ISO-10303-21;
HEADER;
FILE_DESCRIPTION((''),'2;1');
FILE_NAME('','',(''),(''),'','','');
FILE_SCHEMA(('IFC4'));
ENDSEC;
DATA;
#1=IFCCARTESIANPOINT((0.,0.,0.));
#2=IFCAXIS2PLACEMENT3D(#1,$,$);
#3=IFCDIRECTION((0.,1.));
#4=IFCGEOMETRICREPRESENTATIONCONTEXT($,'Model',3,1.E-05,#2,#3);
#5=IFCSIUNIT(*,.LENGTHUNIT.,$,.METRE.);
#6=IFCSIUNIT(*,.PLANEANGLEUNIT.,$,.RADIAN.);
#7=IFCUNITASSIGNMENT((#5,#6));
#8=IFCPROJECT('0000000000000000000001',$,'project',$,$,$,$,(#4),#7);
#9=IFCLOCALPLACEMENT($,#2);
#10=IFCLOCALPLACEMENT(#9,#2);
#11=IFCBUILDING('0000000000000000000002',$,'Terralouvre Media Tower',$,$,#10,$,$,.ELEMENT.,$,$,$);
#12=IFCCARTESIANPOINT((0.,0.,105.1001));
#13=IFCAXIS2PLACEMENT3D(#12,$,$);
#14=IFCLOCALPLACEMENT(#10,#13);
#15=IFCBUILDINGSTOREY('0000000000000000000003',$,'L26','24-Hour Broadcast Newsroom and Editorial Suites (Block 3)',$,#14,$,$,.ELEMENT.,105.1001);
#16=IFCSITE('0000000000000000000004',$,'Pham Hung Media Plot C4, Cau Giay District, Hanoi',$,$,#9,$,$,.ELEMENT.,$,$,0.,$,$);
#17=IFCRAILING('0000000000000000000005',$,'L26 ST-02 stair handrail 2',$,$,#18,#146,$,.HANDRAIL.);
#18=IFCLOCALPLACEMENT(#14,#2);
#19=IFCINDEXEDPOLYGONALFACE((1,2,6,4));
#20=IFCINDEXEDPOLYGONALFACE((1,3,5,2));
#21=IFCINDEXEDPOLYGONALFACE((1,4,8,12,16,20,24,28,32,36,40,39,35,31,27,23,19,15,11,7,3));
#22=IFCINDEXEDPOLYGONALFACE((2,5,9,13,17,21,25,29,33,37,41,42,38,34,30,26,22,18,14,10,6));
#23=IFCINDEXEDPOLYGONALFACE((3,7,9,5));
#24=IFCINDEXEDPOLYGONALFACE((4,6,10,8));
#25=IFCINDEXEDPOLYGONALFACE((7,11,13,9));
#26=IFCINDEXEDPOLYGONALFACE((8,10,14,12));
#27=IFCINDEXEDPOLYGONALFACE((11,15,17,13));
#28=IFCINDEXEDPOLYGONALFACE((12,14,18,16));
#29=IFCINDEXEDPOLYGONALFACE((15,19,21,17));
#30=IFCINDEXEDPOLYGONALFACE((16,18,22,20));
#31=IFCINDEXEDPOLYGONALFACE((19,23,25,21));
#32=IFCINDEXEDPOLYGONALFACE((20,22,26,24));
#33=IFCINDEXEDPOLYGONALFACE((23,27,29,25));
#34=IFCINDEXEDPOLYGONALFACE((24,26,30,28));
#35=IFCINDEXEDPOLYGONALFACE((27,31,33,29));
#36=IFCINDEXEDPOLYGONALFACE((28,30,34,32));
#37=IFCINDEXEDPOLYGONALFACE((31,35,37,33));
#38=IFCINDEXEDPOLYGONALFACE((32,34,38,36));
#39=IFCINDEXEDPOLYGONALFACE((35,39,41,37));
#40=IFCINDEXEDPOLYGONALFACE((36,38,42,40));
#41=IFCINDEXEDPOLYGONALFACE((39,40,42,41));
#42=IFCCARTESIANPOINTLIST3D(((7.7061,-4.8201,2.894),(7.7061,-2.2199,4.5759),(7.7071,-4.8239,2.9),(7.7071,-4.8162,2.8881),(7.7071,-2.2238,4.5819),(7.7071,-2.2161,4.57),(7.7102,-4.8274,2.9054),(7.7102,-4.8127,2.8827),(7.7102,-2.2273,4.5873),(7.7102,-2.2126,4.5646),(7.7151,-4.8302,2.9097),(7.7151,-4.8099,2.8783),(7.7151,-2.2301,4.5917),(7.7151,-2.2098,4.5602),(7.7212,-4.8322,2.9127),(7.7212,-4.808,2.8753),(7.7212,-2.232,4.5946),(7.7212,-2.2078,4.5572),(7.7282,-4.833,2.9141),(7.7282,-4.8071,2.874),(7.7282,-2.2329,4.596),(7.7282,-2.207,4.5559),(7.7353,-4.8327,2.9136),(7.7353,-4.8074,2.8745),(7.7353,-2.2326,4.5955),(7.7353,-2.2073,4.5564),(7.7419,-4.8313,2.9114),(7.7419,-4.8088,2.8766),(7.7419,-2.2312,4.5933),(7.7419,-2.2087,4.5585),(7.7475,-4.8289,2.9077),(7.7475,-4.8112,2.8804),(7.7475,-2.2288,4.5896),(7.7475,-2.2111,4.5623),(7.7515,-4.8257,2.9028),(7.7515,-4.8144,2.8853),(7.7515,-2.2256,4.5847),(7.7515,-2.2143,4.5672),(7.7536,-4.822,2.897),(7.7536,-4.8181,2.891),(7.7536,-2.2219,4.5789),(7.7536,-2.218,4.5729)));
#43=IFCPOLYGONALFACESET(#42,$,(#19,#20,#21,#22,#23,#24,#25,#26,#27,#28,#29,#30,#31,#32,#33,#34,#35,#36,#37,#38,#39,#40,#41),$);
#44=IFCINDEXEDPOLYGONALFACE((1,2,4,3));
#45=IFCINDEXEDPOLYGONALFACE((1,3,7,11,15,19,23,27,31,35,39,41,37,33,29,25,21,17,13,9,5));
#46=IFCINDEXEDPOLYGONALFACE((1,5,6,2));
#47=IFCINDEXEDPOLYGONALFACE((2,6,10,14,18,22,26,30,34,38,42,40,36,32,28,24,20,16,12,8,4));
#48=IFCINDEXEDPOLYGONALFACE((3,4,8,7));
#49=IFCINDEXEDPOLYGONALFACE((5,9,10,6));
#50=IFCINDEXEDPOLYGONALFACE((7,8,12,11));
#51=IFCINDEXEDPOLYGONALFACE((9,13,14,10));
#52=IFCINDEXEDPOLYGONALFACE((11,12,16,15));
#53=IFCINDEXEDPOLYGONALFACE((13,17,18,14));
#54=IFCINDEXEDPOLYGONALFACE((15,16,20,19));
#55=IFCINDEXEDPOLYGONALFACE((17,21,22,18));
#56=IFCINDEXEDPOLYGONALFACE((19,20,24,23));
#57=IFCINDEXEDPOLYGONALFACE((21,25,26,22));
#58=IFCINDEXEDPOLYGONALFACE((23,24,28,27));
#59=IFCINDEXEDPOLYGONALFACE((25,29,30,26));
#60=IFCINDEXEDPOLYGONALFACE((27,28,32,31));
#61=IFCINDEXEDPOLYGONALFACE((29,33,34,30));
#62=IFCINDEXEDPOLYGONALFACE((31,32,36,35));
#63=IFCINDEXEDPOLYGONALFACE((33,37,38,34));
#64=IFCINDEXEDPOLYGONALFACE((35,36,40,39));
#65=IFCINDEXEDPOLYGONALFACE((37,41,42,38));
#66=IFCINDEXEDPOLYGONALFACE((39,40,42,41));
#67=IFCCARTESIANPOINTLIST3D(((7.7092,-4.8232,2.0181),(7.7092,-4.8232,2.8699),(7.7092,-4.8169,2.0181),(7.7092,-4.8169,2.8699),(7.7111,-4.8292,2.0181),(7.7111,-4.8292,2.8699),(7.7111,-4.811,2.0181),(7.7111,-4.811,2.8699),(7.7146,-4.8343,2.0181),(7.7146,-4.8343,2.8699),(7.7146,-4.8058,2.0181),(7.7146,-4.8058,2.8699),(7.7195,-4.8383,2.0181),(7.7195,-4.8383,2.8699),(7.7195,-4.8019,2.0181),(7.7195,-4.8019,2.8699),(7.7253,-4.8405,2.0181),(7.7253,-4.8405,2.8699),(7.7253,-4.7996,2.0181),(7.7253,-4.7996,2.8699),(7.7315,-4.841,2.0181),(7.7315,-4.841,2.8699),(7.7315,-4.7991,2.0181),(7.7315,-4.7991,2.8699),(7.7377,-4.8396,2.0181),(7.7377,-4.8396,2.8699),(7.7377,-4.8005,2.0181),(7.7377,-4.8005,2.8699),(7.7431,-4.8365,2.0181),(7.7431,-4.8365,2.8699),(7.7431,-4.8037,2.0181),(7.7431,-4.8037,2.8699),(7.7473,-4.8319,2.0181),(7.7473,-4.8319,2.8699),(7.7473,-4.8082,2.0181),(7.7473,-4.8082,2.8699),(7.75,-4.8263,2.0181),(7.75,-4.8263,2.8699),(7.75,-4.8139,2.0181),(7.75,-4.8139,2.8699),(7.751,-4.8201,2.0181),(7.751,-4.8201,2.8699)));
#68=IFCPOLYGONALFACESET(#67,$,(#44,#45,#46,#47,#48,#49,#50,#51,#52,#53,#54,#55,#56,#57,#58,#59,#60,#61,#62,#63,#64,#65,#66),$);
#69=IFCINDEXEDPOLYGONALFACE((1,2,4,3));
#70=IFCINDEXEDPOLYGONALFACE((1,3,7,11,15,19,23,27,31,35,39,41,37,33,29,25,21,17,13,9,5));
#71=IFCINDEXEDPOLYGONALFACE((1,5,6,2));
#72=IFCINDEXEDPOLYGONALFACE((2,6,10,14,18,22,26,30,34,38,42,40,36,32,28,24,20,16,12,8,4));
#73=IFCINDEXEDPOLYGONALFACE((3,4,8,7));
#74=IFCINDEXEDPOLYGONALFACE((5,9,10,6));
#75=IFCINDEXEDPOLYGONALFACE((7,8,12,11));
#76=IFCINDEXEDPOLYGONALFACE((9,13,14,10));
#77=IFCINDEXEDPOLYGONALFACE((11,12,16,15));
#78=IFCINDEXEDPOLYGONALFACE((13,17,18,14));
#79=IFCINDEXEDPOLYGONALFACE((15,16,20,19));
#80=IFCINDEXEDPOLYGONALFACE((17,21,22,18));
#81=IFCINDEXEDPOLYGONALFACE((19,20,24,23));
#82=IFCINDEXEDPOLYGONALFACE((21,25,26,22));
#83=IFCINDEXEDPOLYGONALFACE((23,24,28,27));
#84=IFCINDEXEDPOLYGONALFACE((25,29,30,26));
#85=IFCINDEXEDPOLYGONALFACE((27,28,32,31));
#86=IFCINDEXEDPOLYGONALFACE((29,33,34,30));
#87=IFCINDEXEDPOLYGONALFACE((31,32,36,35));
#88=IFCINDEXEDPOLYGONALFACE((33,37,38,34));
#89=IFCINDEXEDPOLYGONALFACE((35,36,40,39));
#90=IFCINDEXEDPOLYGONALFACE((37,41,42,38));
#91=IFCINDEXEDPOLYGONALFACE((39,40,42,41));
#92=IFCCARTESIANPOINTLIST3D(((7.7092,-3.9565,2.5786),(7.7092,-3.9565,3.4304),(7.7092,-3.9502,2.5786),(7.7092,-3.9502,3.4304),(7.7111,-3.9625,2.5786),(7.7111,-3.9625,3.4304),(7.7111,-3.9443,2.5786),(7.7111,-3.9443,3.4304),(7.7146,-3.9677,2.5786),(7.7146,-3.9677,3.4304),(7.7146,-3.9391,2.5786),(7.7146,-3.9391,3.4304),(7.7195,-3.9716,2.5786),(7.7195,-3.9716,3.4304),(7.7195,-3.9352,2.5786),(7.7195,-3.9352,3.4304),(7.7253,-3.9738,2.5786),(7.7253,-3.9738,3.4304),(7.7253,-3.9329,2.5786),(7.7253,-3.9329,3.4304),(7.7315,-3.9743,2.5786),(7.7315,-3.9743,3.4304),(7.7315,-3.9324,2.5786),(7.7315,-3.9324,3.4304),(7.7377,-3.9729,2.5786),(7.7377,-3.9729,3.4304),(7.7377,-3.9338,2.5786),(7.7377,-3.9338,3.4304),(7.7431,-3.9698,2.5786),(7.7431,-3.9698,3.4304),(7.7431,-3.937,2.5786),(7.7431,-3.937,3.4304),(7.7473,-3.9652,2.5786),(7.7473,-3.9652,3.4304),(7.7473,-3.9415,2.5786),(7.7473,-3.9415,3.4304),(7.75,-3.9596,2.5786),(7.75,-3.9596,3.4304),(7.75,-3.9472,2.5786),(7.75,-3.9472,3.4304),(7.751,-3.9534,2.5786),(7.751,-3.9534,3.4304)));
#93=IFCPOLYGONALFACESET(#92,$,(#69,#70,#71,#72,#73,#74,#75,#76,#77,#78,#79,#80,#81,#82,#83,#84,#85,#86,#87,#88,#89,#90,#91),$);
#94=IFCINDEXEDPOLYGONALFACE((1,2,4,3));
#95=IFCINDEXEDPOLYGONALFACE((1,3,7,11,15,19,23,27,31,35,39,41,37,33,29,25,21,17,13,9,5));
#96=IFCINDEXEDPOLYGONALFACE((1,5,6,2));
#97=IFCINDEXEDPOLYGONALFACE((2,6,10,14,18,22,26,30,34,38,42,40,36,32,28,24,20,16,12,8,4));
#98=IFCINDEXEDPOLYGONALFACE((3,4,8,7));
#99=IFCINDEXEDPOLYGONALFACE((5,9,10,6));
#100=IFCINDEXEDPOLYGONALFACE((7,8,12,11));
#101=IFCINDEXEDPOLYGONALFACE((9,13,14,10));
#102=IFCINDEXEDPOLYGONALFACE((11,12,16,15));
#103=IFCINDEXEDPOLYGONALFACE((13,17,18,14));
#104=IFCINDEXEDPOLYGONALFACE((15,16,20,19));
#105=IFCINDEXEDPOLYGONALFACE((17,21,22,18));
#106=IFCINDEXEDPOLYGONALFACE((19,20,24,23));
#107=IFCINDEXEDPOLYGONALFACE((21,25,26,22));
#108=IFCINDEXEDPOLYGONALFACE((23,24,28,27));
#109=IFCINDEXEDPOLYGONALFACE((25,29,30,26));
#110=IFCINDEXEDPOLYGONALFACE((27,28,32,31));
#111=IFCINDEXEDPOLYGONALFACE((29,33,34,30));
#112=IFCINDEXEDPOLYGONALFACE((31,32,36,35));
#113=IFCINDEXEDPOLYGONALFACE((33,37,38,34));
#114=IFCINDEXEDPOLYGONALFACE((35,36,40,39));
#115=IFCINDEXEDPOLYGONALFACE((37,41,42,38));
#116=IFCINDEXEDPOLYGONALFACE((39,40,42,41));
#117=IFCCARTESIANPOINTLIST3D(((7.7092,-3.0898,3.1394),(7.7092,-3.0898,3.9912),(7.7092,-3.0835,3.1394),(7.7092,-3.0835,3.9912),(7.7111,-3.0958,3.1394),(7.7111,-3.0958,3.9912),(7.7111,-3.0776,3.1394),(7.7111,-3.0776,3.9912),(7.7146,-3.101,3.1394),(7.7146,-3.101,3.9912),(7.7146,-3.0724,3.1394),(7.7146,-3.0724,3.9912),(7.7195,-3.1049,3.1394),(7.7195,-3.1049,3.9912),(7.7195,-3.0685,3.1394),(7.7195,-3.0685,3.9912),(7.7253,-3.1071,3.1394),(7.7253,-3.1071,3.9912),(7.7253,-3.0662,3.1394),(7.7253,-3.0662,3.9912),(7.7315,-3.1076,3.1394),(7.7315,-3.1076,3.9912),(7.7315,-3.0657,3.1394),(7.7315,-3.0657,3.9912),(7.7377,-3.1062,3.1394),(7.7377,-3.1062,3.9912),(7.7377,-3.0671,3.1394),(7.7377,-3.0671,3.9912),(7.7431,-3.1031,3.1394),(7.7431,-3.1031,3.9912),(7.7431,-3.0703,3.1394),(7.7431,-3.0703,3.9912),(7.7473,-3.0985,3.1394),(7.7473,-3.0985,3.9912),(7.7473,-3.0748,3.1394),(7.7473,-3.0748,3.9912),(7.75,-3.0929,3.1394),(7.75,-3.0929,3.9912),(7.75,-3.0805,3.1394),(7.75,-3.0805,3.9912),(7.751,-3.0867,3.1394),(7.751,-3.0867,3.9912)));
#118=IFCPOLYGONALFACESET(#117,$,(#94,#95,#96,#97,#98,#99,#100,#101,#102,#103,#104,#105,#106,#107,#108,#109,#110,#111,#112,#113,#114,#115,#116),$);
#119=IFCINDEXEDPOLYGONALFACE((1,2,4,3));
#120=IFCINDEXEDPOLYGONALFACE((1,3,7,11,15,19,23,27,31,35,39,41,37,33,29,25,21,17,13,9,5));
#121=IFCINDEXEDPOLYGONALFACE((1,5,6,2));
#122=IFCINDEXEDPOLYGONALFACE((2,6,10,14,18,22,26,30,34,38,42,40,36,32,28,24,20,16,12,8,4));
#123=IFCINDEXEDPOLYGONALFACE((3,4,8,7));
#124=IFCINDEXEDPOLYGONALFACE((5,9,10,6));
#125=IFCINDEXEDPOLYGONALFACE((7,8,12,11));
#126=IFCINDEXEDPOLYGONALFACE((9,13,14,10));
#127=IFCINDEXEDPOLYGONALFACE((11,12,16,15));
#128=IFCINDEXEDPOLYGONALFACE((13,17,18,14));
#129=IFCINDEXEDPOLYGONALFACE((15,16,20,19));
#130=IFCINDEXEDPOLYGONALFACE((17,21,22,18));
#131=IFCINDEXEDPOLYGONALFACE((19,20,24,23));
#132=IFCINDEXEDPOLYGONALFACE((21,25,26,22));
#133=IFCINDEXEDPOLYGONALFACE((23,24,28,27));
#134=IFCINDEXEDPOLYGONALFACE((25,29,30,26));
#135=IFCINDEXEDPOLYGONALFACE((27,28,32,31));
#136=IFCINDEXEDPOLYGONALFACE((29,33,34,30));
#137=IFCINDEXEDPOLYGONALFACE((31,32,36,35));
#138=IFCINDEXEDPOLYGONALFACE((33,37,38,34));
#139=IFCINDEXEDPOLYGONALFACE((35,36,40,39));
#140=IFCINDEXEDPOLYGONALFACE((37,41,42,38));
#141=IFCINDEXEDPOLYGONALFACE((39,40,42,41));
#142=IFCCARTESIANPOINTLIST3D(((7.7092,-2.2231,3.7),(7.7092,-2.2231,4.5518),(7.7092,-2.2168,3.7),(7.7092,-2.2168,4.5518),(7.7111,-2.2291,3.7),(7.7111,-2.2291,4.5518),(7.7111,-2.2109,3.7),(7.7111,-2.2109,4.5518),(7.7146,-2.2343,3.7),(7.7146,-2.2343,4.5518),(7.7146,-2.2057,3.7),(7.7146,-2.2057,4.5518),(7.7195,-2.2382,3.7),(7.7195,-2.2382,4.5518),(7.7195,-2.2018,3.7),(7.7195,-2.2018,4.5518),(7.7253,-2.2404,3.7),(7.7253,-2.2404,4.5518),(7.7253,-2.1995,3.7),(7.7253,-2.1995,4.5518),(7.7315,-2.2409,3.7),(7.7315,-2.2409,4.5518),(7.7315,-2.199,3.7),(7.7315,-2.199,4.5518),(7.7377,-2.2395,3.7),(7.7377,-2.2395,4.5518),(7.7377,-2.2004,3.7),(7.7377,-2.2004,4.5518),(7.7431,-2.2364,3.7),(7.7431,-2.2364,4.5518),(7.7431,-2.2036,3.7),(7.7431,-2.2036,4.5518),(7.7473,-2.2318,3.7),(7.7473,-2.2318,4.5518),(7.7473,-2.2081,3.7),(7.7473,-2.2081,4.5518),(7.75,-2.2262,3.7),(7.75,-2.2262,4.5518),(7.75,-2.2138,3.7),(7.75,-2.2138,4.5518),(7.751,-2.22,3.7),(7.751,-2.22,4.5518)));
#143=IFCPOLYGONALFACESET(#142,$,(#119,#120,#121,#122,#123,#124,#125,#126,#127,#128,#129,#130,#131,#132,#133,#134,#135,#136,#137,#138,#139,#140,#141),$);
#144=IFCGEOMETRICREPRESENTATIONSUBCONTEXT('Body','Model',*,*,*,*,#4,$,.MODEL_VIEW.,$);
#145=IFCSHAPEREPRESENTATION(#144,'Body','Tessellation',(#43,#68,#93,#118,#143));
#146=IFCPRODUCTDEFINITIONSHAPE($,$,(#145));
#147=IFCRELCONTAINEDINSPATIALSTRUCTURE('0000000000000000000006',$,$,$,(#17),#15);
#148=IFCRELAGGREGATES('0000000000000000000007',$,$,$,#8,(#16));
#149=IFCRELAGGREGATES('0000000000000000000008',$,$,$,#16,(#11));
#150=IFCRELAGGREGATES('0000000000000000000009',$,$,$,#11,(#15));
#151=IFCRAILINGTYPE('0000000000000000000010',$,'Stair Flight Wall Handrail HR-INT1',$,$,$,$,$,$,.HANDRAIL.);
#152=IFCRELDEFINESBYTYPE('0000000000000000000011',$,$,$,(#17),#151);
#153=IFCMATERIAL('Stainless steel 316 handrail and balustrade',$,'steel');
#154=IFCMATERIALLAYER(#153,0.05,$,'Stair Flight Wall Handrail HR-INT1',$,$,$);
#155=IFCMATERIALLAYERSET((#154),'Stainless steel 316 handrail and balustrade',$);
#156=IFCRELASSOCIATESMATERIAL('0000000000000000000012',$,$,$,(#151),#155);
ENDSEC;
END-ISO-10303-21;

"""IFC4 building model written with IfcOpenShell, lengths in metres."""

from ifc_helpers import new_model, si_unit, direction, frame, origin, origin_2d, place, context, subcontext, project, spatial, circle, extrude, material, layer, layer_set, type_object, element, save


model = new_model("IFC4")

# Units and contexts
model_context = context("Model", 3, precision=1e-05, world=origin(), true_north=direction((0.0, 1.0)))
body_context = subcontext(model_context, "Body", "Model", "MODEL_VIEW")
ifc_project = project(units=[si_unit("LENGTHUNIT", "METRE"), si_unit("PLANEANGLEUNIT", "RADIAN")], contexts=[model_context])

# Site, building, storey
site_placement = place(None, origin())
site = spatial("IfcSite", under=ifc_project, at=site_placement, Name="Pham Hung Media Plot C4, Cau Giay District, Hanoi", CompositionType="ELEMENT", RefElevation=0.0)
building_placement = place(site_placement, origin())
building = spatial("IfcBuilding", under=site, at=building_placement, Name="Terralouvre Media Tower", CompositionType="ELEMENT")
storey_placement = place(building_placement, frame((0.0, 0.0, 105.1001)))
storey = spatial("IfcBuildingStorey", under=building, at=storey_placement, Name="L26", Description="24-Hour Broadcast Newsroom and Editorial Suites (Block 3)", CompositionType="ELEMENT", Elevation=105.1001)

# Railing
ifc_material_1 = material(Name="Stainless steel 316 handrail and balustrade", Category="steel")
ifc_layer_1 = layer(ifc_material_1, 0.05, Name="Stair Flight Wall Handrail HR-INT1")
ifc_layer_set_1 = layer_set([ifc_layer_1], Name="Stainless steel 316 handrail and balustrade")
railing_type_1 = type_object("IfcRailingType", Name="Stair Flight Wall Handrail HR-INT1", PredefinedType="HANDRAIL", material=ifc_layer_set_1)
railing_1_placement = place(storey_placement, frame((7.73, -4.8201, 2.0181)))
element("IfcRailing", 1, at=railing_1_placement, inside=storey, type_object=railing_type_1, Name="L26 ST-02 stair handrail 2", PredefinedType="HANDRAIL", context=body_context, shape_type="SweptSolid", body=[
    extrude(circle(Radius=0.0239, at=origin_2d()), frame((0.0, 0.0, 0.876), z_axis=(0.0, 0.839648, 0.54313), x_axis=(-1.0, 0.0, 0.0)), (0.0, 0.0, 1.0), 3.0967),
    extrude(circle(Radius=0.021, at=origin_2d()), origin(), (0.0, 0.0, 1.0), 0.8518),
    extrude(circle(Radius=0.021, at=origin_2d()), frame((0.0, 0.8667, 0.5605)), (0.0, 0.0, 1.0), 0.8518),
    extrude(circle(Radius=0.021, at=origin_2d()), frame((0.0, 1.7334, 1.1213)), (0.0, 0.0, 1.0), 0.8518),
    extrude(circle(Radius=0.021, at=origin_2d()), frame((0.0, 2.6001, 1.6819)), (0.0, 0.0, 1.0), 0.8518),
])

save(model, "model.ifc")
